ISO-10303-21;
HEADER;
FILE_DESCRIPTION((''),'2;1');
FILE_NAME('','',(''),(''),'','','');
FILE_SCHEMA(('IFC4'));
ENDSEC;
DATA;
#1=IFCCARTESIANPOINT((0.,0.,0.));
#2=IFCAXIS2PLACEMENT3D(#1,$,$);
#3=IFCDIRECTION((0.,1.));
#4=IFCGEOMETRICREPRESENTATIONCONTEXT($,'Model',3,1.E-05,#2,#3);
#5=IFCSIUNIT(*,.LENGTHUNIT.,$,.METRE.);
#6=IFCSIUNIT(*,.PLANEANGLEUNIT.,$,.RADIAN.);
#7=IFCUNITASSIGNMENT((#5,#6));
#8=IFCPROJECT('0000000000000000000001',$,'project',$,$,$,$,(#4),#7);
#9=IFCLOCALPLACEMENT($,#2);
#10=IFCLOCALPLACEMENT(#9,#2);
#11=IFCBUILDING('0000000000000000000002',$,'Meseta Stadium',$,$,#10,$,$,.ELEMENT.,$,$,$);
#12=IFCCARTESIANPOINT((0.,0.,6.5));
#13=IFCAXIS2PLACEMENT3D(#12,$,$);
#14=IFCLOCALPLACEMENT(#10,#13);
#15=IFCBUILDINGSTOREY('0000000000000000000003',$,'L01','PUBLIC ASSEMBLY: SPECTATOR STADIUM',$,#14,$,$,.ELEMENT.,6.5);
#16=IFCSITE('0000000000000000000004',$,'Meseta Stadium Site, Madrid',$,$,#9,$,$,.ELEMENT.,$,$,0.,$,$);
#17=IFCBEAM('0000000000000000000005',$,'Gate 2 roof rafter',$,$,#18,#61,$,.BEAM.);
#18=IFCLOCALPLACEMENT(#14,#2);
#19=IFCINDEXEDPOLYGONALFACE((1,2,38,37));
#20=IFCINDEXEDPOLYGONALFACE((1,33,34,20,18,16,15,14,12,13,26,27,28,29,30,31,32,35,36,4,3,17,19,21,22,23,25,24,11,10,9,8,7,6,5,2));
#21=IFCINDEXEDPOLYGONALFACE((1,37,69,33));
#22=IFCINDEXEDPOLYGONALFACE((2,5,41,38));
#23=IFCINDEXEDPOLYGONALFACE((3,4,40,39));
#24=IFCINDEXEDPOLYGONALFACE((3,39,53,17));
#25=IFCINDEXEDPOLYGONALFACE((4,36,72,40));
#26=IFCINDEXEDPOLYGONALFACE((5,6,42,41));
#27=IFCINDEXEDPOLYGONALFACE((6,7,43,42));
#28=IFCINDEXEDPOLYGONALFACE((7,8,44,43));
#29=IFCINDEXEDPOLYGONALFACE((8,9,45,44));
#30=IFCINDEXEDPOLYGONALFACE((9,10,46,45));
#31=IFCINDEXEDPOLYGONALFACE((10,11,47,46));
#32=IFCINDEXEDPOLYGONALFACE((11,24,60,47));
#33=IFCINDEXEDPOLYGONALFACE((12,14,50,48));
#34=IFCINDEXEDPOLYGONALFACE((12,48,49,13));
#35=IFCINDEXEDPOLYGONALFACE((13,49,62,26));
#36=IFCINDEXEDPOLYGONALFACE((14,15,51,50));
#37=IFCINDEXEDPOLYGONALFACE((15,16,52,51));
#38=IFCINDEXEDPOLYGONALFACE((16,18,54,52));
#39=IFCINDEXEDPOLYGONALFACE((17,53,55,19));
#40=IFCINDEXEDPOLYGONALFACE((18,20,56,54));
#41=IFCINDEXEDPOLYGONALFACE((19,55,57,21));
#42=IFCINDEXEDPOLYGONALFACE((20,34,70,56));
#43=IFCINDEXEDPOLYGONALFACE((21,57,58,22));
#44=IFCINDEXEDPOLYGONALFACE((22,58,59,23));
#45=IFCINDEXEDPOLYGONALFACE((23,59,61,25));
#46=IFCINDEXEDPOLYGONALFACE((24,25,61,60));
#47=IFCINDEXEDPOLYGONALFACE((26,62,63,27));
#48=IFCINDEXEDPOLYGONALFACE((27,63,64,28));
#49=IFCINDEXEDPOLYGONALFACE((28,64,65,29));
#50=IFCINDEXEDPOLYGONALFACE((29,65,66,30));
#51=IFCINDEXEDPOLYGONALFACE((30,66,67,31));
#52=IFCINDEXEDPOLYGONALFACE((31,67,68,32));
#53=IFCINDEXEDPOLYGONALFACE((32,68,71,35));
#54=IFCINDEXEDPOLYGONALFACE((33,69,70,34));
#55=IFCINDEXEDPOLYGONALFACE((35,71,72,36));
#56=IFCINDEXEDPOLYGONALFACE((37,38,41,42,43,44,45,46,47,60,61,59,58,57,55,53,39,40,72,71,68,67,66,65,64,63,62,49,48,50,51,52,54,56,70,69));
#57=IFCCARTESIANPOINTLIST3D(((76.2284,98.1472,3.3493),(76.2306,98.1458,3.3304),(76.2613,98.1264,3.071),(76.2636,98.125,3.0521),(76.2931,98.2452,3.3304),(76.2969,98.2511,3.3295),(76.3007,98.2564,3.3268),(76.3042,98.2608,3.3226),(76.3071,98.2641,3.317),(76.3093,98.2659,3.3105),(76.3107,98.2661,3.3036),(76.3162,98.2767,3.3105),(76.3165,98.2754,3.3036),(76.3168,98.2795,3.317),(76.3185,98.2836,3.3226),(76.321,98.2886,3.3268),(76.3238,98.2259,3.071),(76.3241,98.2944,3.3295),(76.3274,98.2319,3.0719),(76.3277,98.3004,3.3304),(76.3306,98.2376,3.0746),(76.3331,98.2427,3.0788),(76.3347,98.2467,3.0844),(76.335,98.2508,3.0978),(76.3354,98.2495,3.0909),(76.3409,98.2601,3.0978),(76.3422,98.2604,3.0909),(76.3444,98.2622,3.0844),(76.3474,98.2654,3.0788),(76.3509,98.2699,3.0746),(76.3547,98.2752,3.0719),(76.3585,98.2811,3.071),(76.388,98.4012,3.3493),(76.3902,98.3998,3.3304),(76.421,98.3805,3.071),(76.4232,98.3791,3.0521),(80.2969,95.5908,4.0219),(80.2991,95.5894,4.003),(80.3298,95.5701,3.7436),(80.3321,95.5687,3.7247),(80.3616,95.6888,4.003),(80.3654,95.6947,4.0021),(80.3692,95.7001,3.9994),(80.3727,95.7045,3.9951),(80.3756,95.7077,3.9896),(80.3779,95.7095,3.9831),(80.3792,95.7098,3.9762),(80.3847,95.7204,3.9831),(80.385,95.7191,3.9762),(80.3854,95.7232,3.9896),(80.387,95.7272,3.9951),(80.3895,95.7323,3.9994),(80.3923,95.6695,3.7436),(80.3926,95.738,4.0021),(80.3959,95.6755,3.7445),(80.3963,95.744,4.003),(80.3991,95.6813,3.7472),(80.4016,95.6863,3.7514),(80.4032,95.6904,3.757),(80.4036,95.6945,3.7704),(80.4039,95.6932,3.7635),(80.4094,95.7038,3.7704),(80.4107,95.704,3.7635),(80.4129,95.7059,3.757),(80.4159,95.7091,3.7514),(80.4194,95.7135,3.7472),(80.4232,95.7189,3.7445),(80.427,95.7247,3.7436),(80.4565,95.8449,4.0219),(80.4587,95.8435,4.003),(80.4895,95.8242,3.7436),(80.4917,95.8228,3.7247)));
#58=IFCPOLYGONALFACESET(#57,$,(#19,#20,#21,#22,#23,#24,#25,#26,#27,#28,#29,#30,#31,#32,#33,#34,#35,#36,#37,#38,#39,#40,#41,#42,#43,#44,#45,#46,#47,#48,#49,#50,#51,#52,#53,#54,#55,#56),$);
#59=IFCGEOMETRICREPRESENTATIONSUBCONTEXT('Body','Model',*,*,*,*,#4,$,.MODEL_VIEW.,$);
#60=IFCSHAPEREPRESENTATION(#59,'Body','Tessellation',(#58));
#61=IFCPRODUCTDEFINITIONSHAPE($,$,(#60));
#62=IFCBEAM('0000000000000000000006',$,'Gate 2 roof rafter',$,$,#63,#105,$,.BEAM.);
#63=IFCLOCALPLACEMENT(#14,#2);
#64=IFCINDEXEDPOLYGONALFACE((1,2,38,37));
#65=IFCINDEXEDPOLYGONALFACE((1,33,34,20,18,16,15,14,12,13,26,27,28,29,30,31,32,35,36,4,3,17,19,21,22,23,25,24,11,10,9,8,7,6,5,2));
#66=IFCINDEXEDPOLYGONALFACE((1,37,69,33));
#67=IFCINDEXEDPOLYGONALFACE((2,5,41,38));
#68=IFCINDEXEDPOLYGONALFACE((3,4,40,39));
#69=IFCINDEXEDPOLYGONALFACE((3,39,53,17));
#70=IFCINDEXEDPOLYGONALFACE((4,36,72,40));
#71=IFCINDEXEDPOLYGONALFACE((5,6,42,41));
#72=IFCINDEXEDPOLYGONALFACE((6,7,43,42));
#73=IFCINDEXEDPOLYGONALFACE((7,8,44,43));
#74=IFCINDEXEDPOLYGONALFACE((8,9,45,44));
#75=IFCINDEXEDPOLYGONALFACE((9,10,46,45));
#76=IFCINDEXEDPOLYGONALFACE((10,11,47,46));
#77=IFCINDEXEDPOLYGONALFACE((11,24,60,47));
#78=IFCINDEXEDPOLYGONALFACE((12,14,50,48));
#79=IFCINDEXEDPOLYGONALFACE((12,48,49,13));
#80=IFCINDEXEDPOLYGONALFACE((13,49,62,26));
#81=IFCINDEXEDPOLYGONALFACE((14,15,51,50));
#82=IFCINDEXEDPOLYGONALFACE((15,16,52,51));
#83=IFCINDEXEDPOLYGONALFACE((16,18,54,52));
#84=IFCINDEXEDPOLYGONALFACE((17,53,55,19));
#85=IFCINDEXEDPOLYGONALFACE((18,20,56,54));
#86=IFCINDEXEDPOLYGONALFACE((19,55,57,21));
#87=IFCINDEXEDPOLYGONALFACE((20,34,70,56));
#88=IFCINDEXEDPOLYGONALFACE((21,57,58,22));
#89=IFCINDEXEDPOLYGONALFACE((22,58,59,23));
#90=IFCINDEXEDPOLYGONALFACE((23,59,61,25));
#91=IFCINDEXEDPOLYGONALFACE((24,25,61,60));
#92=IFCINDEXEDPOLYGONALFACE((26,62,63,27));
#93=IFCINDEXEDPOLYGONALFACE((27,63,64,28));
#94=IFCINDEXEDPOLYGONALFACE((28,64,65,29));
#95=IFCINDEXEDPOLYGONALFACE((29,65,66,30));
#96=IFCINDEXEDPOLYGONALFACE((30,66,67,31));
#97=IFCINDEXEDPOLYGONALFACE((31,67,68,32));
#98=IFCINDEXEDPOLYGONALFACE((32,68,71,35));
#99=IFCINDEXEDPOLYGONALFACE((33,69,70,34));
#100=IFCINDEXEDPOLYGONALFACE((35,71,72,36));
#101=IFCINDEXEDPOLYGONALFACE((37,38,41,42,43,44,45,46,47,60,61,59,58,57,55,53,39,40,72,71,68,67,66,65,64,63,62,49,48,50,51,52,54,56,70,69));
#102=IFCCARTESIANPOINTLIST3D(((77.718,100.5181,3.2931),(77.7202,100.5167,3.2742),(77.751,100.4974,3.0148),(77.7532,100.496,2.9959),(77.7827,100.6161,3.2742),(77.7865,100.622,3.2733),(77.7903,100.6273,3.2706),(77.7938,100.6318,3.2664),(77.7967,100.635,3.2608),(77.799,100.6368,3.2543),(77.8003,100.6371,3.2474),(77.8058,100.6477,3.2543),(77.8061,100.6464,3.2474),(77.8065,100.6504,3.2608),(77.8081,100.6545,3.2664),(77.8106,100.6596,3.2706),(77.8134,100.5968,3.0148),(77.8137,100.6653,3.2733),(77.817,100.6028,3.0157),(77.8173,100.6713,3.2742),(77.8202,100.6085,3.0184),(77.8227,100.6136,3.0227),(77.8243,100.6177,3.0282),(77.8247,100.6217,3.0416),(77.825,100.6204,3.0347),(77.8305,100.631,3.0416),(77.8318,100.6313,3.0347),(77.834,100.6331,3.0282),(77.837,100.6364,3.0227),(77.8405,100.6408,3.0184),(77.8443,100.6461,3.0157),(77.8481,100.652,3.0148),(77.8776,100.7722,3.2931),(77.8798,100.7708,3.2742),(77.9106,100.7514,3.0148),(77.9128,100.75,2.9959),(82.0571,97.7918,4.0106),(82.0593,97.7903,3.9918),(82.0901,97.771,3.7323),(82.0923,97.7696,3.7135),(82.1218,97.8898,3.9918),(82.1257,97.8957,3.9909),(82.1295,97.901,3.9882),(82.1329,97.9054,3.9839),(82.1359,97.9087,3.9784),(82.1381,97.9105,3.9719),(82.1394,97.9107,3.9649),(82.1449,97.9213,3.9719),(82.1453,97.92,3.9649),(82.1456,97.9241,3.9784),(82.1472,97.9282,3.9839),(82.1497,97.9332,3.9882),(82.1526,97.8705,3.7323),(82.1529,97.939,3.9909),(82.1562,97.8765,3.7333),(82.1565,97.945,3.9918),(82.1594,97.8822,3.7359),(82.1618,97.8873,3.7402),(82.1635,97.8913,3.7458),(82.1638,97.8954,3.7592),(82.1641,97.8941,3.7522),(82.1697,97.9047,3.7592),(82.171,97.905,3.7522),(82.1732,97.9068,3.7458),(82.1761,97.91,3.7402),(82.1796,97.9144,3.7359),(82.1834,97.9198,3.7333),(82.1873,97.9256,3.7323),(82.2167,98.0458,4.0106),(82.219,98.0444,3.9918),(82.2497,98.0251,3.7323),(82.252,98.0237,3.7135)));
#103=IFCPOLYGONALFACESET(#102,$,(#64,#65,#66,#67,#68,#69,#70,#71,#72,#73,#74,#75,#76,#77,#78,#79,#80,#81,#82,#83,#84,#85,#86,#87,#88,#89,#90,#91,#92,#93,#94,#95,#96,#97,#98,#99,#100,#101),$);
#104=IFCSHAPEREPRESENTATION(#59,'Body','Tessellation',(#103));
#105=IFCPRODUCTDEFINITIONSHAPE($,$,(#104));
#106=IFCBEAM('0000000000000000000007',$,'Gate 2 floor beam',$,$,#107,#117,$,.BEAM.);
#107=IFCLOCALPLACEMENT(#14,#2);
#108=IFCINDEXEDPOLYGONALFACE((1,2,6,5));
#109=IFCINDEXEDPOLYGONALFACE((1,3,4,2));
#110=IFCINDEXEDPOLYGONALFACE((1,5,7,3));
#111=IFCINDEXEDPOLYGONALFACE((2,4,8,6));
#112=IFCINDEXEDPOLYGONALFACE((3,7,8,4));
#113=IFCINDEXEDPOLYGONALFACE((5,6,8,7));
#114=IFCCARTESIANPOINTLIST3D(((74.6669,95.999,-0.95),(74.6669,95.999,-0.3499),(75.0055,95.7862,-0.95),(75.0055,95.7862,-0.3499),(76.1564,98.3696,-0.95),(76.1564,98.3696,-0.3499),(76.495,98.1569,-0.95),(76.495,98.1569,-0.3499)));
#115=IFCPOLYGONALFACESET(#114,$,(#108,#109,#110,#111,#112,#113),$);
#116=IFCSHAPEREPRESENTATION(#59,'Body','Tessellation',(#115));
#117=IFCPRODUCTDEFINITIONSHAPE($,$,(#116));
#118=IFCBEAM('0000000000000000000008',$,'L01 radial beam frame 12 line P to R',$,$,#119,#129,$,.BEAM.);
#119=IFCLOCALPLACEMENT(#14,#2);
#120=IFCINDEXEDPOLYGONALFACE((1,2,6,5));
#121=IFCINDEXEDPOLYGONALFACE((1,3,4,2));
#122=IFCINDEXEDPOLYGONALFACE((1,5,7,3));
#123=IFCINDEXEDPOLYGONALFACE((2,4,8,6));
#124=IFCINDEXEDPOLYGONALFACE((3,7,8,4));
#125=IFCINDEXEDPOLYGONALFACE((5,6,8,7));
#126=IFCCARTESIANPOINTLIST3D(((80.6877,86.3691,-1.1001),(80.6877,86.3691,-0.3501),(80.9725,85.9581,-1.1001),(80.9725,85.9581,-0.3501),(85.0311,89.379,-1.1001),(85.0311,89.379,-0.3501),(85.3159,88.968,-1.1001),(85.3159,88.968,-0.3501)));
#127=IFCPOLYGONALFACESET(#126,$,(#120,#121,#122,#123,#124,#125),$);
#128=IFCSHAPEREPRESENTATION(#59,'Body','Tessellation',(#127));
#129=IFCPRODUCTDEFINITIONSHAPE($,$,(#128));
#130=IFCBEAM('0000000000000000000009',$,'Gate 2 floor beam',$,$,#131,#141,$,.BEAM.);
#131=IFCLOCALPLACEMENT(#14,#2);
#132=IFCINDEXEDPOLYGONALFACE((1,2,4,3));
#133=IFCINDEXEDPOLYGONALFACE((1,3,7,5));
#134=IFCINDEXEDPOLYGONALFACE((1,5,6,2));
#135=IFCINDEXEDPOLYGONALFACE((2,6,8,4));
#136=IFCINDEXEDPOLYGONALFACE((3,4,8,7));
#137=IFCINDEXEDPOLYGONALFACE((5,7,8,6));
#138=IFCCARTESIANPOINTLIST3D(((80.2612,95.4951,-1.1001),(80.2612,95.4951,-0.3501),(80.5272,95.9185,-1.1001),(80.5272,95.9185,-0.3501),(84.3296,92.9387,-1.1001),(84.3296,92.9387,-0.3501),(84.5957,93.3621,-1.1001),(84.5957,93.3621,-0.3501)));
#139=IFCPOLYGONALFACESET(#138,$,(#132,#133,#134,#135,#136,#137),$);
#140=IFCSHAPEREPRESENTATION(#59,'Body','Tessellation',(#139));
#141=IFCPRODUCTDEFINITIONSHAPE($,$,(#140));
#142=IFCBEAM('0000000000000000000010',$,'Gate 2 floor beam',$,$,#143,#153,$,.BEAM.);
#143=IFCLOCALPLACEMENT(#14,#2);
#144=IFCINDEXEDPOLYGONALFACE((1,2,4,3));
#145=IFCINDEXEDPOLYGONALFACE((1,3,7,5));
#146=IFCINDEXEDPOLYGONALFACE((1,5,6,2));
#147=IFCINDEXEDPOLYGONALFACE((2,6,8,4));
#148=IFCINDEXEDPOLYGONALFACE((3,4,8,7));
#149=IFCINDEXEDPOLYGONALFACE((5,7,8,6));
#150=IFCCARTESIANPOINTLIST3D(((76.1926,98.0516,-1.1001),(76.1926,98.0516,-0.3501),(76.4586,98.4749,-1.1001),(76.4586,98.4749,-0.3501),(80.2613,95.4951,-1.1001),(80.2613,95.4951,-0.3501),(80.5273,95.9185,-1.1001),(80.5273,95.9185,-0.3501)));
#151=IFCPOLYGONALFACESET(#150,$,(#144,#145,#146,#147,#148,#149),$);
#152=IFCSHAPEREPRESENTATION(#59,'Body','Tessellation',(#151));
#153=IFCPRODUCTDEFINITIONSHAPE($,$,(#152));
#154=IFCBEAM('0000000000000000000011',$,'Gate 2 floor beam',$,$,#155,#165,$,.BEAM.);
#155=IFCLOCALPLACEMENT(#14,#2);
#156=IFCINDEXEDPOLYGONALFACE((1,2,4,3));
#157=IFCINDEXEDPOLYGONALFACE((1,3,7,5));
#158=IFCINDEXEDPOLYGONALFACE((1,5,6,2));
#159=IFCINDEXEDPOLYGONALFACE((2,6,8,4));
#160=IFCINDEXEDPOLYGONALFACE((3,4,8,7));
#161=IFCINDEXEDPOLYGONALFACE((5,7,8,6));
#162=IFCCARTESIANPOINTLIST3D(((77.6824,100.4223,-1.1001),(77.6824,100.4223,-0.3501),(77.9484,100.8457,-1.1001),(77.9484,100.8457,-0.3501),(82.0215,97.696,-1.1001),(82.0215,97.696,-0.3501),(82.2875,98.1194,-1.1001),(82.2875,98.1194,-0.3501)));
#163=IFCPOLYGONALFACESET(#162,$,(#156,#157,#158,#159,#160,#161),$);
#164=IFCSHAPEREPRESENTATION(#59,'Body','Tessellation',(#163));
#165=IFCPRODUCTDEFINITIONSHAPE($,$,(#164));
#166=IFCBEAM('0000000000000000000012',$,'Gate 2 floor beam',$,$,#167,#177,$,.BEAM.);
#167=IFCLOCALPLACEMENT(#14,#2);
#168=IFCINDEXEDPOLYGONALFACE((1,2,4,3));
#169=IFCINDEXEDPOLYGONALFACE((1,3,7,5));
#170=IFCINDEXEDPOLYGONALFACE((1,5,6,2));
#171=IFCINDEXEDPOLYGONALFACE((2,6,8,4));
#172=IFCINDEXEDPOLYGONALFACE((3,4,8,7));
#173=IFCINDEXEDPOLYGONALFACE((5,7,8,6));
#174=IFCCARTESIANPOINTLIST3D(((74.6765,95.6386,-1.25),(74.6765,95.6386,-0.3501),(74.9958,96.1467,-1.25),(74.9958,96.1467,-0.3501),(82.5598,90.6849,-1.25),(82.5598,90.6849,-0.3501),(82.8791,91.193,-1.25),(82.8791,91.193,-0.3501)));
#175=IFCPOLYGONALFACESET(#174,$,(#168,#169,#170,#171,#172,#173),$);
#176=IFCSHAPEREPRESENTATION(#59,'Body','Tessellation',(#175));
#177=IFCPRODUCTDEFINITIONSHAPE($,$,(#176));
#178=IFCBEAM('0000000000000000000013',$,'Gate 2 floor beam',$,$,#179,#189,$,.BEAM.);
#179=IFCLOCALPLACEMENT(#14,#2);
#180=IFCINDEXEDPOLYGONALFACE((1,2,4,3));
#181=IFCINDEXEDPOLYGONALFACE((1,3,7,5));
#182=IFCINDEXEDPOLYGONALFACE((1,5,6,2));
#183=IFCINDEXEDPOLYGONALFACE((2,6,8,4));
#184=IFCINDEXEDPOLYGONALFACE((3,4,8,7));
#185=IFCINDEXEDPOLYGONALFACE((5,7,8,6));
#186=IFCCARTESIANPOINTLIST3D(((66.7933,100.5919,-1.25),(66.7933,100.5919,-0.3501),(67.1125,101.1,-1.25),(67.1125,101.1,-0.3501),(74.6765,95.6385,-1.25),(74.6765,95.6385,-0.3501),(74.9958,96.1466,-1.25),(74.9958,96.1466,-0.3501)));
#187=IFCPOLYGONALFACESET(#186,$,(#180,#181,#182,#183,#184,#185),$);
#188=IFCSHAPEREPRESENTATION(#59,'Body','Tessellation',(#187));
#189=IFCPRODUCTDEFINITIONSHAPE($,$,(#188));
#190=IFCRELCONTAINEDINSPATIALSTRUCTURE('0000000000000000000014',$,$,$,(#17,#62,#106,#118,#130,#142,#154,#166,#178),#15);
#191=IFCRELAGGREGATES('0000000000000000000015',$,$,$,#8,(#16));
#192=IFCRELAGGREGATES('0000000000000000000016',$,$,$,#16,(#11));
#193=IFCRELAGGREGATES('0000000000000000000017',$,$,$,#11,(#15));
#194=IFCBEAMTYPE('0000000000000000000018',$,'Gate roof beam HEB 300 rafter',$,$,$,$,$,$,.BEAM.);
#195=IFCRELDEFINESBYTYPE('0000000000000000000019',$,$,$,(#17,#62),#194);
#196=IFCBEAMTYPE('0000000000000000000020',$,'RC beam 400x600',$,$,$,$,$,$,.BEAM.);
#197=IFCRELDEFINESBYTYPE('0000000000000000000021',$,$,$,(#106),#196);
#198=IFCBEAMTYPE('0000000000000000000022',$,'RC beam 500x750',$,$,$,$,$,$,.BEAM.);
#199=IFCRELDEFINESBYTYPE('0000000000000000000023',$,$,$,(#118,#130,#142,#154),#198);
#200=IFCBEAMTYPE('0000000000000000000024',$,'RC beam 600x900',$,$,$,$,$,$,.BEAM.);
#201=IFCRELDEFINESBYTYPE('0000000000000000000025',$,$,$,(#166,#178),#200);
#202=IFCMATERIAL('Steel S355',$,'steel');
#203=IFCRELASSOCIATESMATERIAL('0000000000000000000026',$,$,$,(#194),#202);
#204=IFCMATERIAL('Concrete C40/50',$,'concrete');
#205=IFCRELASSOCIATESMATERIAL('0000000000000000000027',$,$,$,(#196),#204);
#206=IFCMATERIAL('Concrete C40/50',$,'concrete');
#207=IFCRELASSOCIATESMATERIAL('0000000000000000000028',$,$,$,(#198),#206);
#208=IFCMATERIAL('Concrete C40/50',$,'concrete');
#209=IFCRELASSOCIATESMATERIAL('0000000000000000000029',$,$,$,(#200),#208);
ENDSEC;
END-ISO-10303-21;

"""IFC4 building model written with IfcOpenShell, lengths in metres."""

from ifc_helpers import new_model, si_unit, direction, frame, origin, origin_2d, place, context, subcontext, project, spatial, rectangle, i_section, extrude, material, material_profile, profile_set, type_object, element, save


model = new_model("IFC4")

# Units and contexts
model_context = context("Model", 3, precision=1e-05, world=origin(), true_north=direction((0.0, 1.0)))
body_context = subcontext(model_context, "Body", "Model", "MODEL_VIEW")
ifc_project = project(units=[si_unit("LENGTHUNIT", "METRE"), si_unit("PLANEANGLEUNIT", "RADIAN")], contexts=[model_context])

# Site, building, storey
site_placement = place(None, origin())
site = spatial("IfcSite", under=ifc_project, at=site_placement, Name="Meseta Stadium Site, Madrid", CompositionType="ELEMENT", RefElevation=0.0)
building_placement = place(site_placement, origin())
building = spatial("IfcBuilding", under=site, at=building_placement, Name="Meseta Stadium", CompositionType="ELEMENT")
storey_placement = place(building_placement, frame((0.0, 0.0, 6.5)))
storey = spatial("IfcBuildingStorey", under=building, at=storey_placement, Name="L01", Description="PUBLIC ASSEMBLY: SPECTATOR STADIUM", CompositionType="ELEMENT", Elevation=6.5)

# Beams
ifc_material_1 = material(Name="Steel S355", Category="steel")
ifc_material_profile_1 = material_profile(ifc_material_1, i_section(OverallWidth=0.3, OverallDepth=0.3, WebThickness=0.011, FlangeThickness=0.019, FilletRadius=0.0271, at=origin_2d()), Name="HEB 300")
ifc_profile_set_1 = profile_set([ifc_material_profile_1], Name="Steel S355")
beam_type_1 = type_object("IfcBeamType", Name="Gate roof beam HEB 300 rafter", PredefinedType="BEAM", material=ifc_profile_set_1)
for number, where, z_axis, x_axis, name in (
    (1, (80.3943, 95.7068, 3.8733), (-0.838556, 0.526884, -0.138627), (-0.532021, -0.846731, 0.0), "Gate 2 roof rafter"),
):
    element("IfcBeam", number, at=place(storey_placement, frame(where, z_axis=z_axis, x_axis=x_axis)), inside=storey, type_object=beam_type_1, Name=name, PredefinedType="BEAM", context=body_context, shape_type="SweptSolid", body=[
        extrude(i_section(OverallWidth=0.3, OverallDepth=0.3, WebThickness=0.011, FlangeThickness=0.019, FilletRadius=0.0271, at=origin_2d()), origin(), (0.0, 0.0, 1.0), 4.8518),
    ])
beam_1_placement = place(storey_placement, frame((82.1545, 97.9077, 3.8621), z_axis=(-0.838555, 0.526875, -0.138666), x_axis=(-0.532014, -0.846735, 0.0)))
element("IfcBeam", 2, at=beam_1_placement, inside=storey, type_object=beam_type_1, Name="Gate 2 roof rafter", PredefinedType="BEAM", context=body_context, shape_type="SweptSolid", body=[
    extrude(i_section(OverallWidth=0.3, OverallDepth=0.3, WebThickness=0.011, FlangeThickness=0.019, FilletRadius=0.0271, at=origin_2d()), origin(), (0.0, 0.0, 1.0), 5.1746),
])
ifc_material_2 = material(Name="Concrete C40/50", Category="concrete")
ifc_material_profile_2 = material_profile(ifc_material_2, rectangle(XDim=0.3999, YDim=0.6001, at=origin_2d()), Name="RC 400x600")
ifc_profile_set_2 = profile_set([ifc_material_profile_2], Name="Concrete C40/50")
beam_type_2 = type_object("IfcBeamType", Name="RC beam 400x600", PredefinedType="BEAM", material=ifc_profile_set_2)
beam_2_placement = place(storey_placement, frame((74.8362, 95.8926, -0.6499), z_axis=(0.53202, 0.846732, 0.0), x_axis=(-0.846732, 0.53202, 0.0)))
element("IfcBeam", 3, at=beam_2_placement, inside=storey, type_object=beam_type_2, Name="Gate 2 floor beam", PredefinedType="BEAM", context=body_context, shape_type="SweptSolid", body=[
    extrude(rectangle(XDim=0.3999, YDim=0.6001, at=origin_2d()), origin(), (0.0, 0.0, 1.0), 2.7998),
])
ifc_material_3 = material(Name="Concrete C40/50", Category="concrete")
ifc_material_profile_3 = material_profile(ifc_material_3, rectangle(XDim=0.5, YDim=0.75, at=origin_2d()), Name="RC 500x750")
ifc_profile_set_3 = profile_set([ifc_material_profile_3], Name="Concrete C40/50")
beam_type_3 = type_object("IfcBeamType", Name="RC beam 500x750", PredefinedType="BEAM", material=ifc_profile_set_3)
beam_3_placement = place(storey_placement, frame((80.8301, 86.1636, -0.7251), z_axis=(0.821929, 0.569589, 0.0), x_axis=(-0.569589, 0.821929, 0.0)))
element("IfcBeam", 4, at=beam_3_placement, inside=storey, type_object=beam_type_3, Name="L01 radial beam frame 12 line P to R", PredefinedType="BEAM", context=body_context, shape_type="SweptSolid", body=[
    extrude(rectangle(XDim=0.5, YDim=0.75, at=origin_2d()), origin(), (0.0, 0.0, 1.0), 5.2844),
])
beam_4_placement = place(storey_placement, frame((84.4626, 93.1504, -0.7251), z_axis=(-0.846717, 0.532044, 0.0), x_axis=(-0.532044, -0.846717, 0.0)))
element("IfcBeam", 5, at=beam_4_placement, inside=storey, type_object=beam_type_3, Name="Gate 2 floor beam", PredefinedType="BEAM", context=body_context, shape_type="SweptSolid", body=[
    extrude(rectangle(XDim=0.5, YDim=0.75, at=origin_2d()), origin(), (0.0, 0.0, 1.0), 4.8049),
])
beam_5_placement = place(storey_placement, frame((80.3943, 95.7068, -0.7251), z_axis=(-0.846731, 0.532021, 0.0), x_axis=(-0.532021, -0.846731, 0.0)))
element("IfcBeam", 6, at=beam_5_placement, inside=storey, type_object=beam_type_3, Name="Gate 2 floor beam", PredefinedType="BEAM", context=body_context, shape_type="SweptSolid", body=[
    extrude(rectangle(XDim=0.5, YDim=0.75, at=origin_2d()), origin(), (0.0, 0.0, 1.0), 4.8052),
])
beam_6_placement = place(storey_placement, frame((82.1545, 97.9077, -0.7251), z_axis=(-0.846735, 0.532014, 0.0), x_axis=(-0.532014, -0.846735, 0.0)))
element("IfcBeam", 7, at=beam_6_placement, inside=storey, type_object=beam_type_3, Name="Gate 2 floor beam", PredefinedType="BEAM", context=body_context, shape_type="SweptSolid", body=[
    extrude(rectangle(XDim=0.5, YDim=0.75, at=origin_2d()), origin(), (0.0, 0.0, 1.0), 5.1245),
])
ifc_material_4 = material(Name="Concrete C40/50", Category="concrete")
ifc_material_profile_4 = material_profile(ifc_material_4, rectangle(XDim=0.6001, YDim=0.8999, at=origin_2d()), Name="RC 600x900")
ifc_profile_set_4 = profile_set([ifc_material_profile_4], Name="Concrete C40/50")
beam_type_4 = type_object("IfcBeamType", Name="RC beam 600x900", PredefinedType="BEAM", material=ifc_profile_set_4)
beam_7_placement = place(storey_placement, frame((82.7195, 90.939, -0.8), z_axis=(-0.846714, 0.532048, 0.0), x_axis=(-0.532048, -0.846714, 0.0)))
element("IfcBeam", 8, at=beam_7_placement, inside=storey, type_object=beam_type_4, Name="Gate 2 floor beam", PredefinedType="BEAM", context=body_context, shape_type="SweptSolid", body=[
    extrude(rectangle(XDim=0.6001, YDim=0.8999, at=origin_2d()), origin(), (0.0, 0.0, 1.0), 9.3105),
])
beam_8_placement = place(storey_placement, frame((74.8362, 95.8926, -0.8), z_axis=(-0.846726, 0.532029, 0.0), x_axis=(-0.532029, -0.846726, 0.0)))
element("IfcBeam", 9, at=beam_8_placement, inside=storey, type_object=beam_type_4, Name="Gate 2 floor beam", PredefinedType="BEAM", context=body_context, shape_type="SweptSolid", body=[
    extrude(rectangle(XDim=0.6001, YDim=0.8999, at=origin_2d()), origin(), (0.0, 0.0, 1.0), 9.3103),
])

save(model, "model.ifc")
